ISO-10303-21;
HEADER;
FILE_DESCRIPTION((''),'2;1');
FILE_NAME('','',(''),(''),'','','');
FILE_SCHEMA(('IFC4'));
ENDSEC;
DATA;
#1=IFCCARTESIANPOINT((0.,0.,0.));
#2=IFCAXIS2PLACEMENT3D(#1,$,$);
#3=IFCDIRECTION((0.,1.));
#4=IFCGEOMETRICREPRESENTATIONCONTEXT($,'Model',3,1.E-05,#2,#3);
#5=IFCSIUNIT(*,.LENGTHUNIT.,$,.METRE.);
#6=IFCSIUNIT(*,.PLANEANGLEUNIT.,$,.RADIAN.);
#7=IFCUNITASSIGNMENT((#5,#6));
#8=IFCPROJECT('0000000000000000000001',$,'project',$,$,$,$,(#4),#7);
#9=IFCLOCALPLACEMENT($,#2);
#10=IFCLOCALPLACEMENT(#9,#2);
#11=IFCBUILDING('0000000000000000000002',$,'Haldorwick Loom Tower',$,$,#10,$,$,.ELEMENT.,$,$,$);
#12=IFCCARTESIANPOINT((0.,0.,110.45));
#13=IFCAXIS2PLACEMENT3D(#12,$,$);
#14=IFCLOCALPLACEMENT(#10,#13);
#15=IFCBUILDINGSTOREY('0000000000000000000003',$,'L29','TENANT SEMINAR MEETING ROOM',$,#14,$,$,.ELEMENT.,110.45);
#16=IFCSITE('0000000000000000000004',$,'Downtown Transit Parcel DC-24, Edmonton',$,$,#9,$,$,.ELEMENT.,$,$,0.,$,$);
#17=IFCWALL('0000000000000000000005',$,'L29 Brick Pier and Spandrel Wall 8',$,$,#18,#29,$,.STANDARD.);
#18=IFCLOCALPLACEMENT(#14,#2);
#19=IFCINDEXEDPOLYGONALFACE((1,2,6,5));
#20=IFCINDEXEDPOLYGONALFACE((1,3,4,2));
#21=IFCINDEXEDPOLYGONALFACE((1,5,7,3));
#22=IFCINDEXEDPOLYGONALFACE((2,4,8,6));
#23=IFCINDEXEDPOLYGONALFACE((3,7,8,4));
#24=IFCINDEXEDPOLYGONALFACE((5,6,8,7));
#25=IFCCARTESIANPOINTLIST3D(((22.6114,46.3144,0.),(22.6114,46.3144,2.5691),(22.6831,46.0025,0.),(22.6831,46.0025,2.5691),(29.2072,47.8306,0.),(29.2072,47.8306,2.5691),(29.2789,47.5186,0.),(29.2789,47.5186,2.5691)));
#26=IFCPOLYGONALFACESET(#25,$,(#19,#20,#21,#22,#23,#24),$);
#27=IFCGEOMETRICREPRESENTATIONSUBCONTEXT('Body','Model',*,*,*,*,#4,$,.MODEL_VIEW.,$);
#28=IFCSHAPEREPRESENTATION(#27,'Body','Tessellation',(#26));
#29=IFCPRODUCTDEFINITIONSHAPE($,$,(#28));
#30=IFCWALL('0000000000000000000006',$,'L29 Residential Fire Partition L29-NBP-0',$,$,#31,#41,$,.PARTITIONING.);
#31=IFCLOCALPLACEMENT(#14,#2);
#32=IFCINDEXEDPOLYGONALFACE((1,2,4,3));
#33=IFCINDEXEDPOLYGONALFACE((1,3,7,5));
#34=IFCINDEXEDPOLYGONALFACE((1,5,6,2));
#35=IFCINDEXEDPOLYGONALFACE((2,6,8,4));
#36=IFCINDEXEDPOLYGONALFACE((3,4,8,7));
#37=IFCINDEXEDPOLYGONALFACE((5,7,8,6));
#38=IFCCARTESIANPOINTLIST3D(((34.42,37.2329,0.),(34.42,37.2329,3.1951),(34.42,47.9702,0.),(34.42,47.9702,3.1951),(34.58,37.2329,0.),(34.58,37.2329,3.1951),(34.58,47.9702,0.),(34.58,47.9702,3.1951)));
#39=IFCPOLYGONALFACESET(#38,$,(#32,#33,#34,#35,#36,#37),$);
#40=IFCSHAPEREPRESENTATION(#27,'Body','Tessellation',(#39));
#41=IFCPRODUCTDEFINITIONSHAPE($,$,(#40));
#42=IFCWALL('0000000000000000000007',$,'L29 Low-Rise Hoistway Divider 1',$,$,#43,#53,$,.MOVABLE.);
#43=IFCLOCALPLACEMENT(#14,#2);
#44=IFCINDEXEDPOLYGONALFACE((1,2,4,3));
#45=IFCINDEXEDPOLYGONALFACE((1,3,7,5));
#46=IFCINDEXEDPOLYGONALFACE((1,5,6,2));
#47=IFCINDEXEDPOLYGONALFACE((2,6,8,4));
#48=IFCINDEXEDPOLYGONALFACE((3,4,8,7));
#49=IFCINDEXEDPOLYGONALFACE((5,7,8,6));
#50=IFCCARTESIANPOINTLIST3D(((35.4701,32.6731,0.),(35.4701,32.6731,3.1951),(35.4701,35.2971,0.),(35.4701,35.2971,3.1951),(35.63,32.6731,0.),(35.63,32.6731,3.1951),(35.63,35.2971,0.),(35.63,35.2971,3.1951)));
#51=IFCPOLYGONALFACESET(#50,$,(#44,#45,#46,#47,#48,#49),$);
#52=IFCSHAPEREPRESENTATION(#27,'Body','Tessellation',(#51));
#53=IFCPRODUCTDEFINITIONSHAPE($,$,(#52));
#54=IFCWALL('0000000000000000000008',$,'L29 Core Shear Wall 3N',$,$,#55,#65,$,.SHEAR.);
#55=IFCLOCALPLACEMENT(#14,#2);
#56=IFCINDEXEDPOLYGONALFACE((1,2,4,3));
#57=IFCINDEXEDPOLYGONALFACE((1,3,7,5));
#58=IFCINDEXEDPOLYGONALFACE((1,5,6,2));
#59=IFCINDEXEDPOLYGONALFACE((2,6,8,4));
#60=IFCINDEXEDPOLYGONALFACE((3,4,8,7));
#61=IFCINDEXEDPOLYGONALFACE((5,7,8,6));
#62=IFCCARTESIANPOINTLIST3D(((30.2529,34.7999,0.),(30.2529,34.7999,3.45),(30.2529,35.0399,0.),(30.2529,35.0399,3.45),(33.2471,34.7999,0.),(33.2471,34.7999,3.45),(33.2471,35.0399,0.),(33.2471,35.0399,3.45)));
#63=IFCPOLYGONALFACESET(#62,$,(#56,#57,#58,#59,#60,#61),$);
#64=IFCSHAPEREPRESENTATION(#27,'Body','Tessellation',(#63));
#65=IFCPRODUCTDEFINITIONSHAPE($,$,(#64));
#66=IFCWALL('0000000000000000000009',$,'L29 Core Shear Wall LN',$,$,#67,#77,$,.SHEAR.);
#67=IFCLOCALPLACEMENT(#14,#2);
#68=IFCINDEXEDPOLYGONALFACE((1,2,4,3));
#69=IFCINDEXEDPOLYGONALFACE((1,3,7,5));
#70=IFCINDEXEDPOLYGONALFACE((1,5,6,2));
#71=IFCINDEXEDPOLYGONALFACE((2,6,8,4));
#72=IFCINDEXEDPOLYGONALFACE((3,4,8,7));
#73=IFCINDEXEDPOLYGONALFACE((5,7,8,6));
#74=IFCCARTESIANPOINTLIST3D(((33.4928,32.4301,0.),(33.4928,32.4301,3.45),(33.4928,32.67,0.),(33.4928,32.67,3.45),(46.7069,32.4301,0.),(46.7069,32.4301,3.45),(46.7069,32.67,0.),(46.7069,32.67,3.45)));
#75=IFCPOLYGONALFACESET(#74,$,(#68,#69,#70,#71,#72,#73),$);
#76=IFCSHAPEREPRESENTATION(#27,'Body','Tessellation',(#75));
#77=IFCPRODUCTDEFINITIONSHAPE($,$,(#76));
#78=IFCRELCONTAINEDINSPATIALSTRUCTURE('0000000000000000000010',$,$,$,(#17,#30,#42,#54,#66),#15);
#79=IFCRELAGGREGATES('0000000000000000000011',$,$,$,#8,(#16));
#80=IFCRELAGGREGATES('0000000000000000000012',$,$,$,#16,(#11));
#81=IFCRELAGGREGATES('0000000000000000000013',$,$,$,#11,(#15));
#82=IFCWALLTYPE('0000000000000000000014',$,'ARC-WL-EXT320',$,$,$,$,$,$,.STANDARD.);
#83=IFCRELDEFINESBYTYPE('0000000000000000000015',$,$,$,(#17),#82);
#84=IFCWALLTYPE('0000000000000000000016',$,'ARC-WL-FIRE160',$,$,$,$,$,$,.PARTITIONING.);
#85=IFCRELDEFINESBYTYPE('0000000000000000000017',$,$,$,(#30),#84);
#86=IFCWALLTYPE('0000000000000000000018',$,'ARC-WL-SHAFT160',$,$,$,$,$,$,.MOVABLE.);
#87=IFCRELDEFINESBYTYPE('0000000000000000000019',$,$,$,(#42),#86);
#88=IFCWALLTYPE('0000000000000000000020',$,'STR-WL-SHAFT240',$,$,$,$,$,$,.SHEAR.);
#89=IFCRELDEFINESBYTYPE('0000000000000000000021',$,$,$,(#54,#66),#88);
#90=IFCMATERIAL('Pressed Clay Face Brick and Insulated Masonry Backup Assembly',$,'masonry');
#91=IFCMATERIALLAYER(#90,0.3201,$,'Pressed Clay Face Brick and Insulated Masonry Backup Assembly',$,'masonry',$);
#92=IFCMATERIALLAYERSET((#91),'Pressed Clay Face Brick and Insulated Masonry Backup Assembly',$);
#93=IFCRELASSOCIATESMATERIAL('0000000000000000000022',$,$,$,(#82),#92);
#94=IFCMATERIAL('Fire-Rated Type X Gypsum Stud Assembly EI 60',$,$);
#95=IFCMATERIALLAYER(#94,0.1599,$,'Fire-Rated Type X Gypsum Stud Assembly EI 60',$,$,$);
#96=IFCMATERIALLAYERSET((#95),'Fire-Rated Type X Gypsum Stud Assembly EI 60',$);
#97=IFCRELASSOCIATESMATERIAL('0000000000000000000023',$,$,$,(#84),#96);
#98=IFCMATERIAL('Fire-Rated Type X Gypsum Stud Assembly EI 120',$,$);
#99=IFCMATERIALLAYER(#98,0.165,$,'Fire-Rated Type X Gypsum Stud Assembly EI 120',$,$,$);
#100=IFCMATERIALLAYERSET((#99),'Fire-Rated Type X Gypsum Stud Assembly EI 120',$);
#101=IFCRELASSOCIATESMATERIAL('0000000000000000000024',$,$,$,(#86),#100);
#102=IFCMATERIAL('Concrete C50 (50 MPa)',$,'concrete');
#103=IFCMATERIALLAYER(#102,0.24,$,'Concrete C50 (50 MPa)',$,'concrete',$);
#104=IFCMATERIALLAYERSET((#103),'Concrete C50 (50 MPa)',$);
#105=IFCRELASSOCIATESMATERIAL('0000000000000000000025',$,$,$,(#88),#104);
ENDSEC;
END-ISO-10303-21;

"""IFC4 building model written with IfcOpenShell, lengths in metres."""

from ifc_helpers import new_model, si_unit, direction, frame, frame_2d, origin, place, context, subcontext, project, spatial, rectangle, extrude, material, layer, layer_set, type_object, element, save


model = new_model("IFC4")

# Units and contexts
model_context = context("Model", 3, precision=1e-05, world=origin(), true_north=direction((0.0, 1.0)))
body_context = subcontext(model_context, "Body", "Model", "MODEL_VIEW")
ifc_project = project(units=[si_unit("LENGTHUNIT", "METRE"), si_unit("PLANEANGLEUNIT", "RADIAN")], contexts=[model_context])

# Site, building, storey
site_placement = place(None, origin())
site = spatial("IfcSite", under=ifc_project, at=site_placement, Name="Downtown Transit Parcel DC-24, Edmonton", CompositionType="ELEMENT", RefElevation=0.0)
building_placement = place(site_placement, origin())
building = spatial("IfcBuilding", under=site, at=building_placement, Name="Haldorwick Loom Tower", CompositionType="ELEMENT")
storey_placement = place(building_placement, frame((0.0, 0.0, 110.45)))
storey = spatial("IfcBuildingStorey", under=building, at=storey_placement, Name="L29", Description="TENANT SEMINAR MEETING ROOM", CompositionType="ELEMENT", Elevation=110.45)

# Walls
ifc_material_1 = material(Name="Pressed Clay Face Brick and Insulated Masonry Backup Assembly", Category="masonry")
ifc_layer_1 = layer(ifc_material_1, 0.3201, Name="Pressed Clay Face Brick and Insulated Masonry Backup Assembly", Category="masonry")
ifc_layer_set_1 = layer_set([ifc_layer_1], Name="Pressed Clay Face Brick and Insulated Masonry Backup Assembly")
wall_type_1 = type_object("IfcWallType", Name="ARC-WL-EXT320", PredefinedType="STANDARD", material=ifc_layer_set_1)
wall_1_placement = place(storey_placement, frame((29.2429, 47.6746, 0.0), z_axis=(0.0, 0.0, 1.0), x_axis=(-0.974584, -0.224022, 0.0)))
element("IfcWall", 1, at=wall_1_placement, inside=storey, type_object=wall_type_1, Name="L29 Brick Pier and Spandrel Wall 8", PredefinedType="STANDARD", context=body_context, shape_type="SweptSolid", body=[
    extrude(rectangle(XDim=6.7678, YDim=0.3201, at=frame_2d((3.3838, 0.0))), origin(), (0.0, 0.0, 1.0), 2.5691),
])
ifc_material_2 = material(Name="Fire-Rated Type X Gypsum Stud Assembly EI 60")
ifc_layer_2 = layer(ifc_material_2, 0.1599, Name="Fire-Rated Type X Gypsum Stud Assembly EI 60")
ifc_layer_set_2 = layer_set([ifc_layer_2], Name="Fire-Rated Type X Gypsum Stud Assembly EI 60")
wall_type_2 = type_object("IfcWallType", Name="ARC-WL-FIRE160", PredefinedType="PARTITIONING", material=ifc_layer_set_2)
wall_2_placement = place(storey_placement, frame((34.5, 37.2329, 0.0), z_axis=(0.0, 0.0, 1.0), x_axis=(0.0, 1.0, 0.0)))
element("IfcWall", 2, at=wall_2_placement, inside=storey, type_object=wall_type_2, Name="L29 Residential Fire Partition L29-NBP-0", PredefinedType="PARTITIONING", context=body_context, shape_type="SweptSolid", body=[
    extrude(rectangle(XDim=10.7373, YDim=0.1599, at=frame_2d((5.3687, 0.0))), origin(), (0.0, 0.0, 1.0), 3.1951),
])
ifc_material_3 = material(Name="Fire-Rated Type X Gypsum Stud Assembly EI 120")
ifc_layer_3 = layer(ifc_material_3, 0.165, Name="Fire-Rated Type X Gypsum Stud Assembly EI 120")
ifc_layer_set_3 = layer_set([ifc_layer_3], Name="Fire-Rated Type X Gypsum Stud Assembly EI 120")
wall_type_3 = type_object("IfcWallType", Name="ARC-WL-SHAFT160", PredefinedType="MOVABLE", material=ifc_layer_set_3)
wall_3_placement = place(storey_placement, frame((35.55, 32.6731, 0.0), z_axis=(0.0, 0.0, 1.0), x_axis=(0.0, 1.0, 0.0)))
element("IfcWall", 3, at=wall_3_placement, inside=storey, type_object=wall_type_3, Name="L29 Low-Rise Hoistway Divider 1", PredefinedType="MOVABLE", context=body_context, shape_type="SweptSolid", body=[
    extrude(rectangle(XDim=2.624, YDim=0.1599, at=frame_2d((1.312, 0.0))), origin(), (0.0, 0.0, 1.0), 3.1951),
])
ifc_material_4 = material(Name="Concrete C50 (50 MPa)", Category="concrete")
ifc_layer_4 = layer(ifc_material_4, 0.24, Name="Concrete C50 (50 MPa)", Category="concrete")
ifc_layer_set_4 = layer_set([ifc_layer_4], Name="Concrete C50 (50 MPa)")
wall_type_4 = type_object("IfcWallType", Name="STR-WL-SHAFT240", PredefinedType="SHEAR", material=ifc_layer_set_4)
wall_4_placement = place(storey_placement, frame((30.2529, 34.9199, 0.0), z_axis=(0.0, 0.0, 1.0), x_axis=(1.0, 0.0, 0.0)))
element("IfcWall", 4, at=wall_4_placement, inside=storey, type_object=wall_type_4, Name="L29 Core Shear Wall 3N", PredefinedType="SHEAR", context=body_context, shape_type="SweptSolid", body=[
    extrude(rectangle(XDim=2.9941, YDim=0.24, at=frame_2d((1.4971, 0.0))), origin(), (0.0, 0.0, 1.0), 3.45),
])
wall_5_placement = place(storey_placement, frame((33.4929, 32.55, 0.0), z_axis=(0.0, 0.0, 1.0), x_axis=(1.0, 0.0, 0.0)))
element("IfcWall", 5, at=wall_5_placement, inside=storey, type_object=wall_type_4, Name="L29 Core Shear Wall LN", PredefinedType="SHEAR", context=body_context, shape_type="SweptSolid", body=[
    extrude(rectangle(XDim=13.2141, YDim=0.24, at=frame_2d((6.6069, 0.0))), origin(), (0.0, 0.0, 1.0), 3.45),
])

save(model, "model.ifc")
